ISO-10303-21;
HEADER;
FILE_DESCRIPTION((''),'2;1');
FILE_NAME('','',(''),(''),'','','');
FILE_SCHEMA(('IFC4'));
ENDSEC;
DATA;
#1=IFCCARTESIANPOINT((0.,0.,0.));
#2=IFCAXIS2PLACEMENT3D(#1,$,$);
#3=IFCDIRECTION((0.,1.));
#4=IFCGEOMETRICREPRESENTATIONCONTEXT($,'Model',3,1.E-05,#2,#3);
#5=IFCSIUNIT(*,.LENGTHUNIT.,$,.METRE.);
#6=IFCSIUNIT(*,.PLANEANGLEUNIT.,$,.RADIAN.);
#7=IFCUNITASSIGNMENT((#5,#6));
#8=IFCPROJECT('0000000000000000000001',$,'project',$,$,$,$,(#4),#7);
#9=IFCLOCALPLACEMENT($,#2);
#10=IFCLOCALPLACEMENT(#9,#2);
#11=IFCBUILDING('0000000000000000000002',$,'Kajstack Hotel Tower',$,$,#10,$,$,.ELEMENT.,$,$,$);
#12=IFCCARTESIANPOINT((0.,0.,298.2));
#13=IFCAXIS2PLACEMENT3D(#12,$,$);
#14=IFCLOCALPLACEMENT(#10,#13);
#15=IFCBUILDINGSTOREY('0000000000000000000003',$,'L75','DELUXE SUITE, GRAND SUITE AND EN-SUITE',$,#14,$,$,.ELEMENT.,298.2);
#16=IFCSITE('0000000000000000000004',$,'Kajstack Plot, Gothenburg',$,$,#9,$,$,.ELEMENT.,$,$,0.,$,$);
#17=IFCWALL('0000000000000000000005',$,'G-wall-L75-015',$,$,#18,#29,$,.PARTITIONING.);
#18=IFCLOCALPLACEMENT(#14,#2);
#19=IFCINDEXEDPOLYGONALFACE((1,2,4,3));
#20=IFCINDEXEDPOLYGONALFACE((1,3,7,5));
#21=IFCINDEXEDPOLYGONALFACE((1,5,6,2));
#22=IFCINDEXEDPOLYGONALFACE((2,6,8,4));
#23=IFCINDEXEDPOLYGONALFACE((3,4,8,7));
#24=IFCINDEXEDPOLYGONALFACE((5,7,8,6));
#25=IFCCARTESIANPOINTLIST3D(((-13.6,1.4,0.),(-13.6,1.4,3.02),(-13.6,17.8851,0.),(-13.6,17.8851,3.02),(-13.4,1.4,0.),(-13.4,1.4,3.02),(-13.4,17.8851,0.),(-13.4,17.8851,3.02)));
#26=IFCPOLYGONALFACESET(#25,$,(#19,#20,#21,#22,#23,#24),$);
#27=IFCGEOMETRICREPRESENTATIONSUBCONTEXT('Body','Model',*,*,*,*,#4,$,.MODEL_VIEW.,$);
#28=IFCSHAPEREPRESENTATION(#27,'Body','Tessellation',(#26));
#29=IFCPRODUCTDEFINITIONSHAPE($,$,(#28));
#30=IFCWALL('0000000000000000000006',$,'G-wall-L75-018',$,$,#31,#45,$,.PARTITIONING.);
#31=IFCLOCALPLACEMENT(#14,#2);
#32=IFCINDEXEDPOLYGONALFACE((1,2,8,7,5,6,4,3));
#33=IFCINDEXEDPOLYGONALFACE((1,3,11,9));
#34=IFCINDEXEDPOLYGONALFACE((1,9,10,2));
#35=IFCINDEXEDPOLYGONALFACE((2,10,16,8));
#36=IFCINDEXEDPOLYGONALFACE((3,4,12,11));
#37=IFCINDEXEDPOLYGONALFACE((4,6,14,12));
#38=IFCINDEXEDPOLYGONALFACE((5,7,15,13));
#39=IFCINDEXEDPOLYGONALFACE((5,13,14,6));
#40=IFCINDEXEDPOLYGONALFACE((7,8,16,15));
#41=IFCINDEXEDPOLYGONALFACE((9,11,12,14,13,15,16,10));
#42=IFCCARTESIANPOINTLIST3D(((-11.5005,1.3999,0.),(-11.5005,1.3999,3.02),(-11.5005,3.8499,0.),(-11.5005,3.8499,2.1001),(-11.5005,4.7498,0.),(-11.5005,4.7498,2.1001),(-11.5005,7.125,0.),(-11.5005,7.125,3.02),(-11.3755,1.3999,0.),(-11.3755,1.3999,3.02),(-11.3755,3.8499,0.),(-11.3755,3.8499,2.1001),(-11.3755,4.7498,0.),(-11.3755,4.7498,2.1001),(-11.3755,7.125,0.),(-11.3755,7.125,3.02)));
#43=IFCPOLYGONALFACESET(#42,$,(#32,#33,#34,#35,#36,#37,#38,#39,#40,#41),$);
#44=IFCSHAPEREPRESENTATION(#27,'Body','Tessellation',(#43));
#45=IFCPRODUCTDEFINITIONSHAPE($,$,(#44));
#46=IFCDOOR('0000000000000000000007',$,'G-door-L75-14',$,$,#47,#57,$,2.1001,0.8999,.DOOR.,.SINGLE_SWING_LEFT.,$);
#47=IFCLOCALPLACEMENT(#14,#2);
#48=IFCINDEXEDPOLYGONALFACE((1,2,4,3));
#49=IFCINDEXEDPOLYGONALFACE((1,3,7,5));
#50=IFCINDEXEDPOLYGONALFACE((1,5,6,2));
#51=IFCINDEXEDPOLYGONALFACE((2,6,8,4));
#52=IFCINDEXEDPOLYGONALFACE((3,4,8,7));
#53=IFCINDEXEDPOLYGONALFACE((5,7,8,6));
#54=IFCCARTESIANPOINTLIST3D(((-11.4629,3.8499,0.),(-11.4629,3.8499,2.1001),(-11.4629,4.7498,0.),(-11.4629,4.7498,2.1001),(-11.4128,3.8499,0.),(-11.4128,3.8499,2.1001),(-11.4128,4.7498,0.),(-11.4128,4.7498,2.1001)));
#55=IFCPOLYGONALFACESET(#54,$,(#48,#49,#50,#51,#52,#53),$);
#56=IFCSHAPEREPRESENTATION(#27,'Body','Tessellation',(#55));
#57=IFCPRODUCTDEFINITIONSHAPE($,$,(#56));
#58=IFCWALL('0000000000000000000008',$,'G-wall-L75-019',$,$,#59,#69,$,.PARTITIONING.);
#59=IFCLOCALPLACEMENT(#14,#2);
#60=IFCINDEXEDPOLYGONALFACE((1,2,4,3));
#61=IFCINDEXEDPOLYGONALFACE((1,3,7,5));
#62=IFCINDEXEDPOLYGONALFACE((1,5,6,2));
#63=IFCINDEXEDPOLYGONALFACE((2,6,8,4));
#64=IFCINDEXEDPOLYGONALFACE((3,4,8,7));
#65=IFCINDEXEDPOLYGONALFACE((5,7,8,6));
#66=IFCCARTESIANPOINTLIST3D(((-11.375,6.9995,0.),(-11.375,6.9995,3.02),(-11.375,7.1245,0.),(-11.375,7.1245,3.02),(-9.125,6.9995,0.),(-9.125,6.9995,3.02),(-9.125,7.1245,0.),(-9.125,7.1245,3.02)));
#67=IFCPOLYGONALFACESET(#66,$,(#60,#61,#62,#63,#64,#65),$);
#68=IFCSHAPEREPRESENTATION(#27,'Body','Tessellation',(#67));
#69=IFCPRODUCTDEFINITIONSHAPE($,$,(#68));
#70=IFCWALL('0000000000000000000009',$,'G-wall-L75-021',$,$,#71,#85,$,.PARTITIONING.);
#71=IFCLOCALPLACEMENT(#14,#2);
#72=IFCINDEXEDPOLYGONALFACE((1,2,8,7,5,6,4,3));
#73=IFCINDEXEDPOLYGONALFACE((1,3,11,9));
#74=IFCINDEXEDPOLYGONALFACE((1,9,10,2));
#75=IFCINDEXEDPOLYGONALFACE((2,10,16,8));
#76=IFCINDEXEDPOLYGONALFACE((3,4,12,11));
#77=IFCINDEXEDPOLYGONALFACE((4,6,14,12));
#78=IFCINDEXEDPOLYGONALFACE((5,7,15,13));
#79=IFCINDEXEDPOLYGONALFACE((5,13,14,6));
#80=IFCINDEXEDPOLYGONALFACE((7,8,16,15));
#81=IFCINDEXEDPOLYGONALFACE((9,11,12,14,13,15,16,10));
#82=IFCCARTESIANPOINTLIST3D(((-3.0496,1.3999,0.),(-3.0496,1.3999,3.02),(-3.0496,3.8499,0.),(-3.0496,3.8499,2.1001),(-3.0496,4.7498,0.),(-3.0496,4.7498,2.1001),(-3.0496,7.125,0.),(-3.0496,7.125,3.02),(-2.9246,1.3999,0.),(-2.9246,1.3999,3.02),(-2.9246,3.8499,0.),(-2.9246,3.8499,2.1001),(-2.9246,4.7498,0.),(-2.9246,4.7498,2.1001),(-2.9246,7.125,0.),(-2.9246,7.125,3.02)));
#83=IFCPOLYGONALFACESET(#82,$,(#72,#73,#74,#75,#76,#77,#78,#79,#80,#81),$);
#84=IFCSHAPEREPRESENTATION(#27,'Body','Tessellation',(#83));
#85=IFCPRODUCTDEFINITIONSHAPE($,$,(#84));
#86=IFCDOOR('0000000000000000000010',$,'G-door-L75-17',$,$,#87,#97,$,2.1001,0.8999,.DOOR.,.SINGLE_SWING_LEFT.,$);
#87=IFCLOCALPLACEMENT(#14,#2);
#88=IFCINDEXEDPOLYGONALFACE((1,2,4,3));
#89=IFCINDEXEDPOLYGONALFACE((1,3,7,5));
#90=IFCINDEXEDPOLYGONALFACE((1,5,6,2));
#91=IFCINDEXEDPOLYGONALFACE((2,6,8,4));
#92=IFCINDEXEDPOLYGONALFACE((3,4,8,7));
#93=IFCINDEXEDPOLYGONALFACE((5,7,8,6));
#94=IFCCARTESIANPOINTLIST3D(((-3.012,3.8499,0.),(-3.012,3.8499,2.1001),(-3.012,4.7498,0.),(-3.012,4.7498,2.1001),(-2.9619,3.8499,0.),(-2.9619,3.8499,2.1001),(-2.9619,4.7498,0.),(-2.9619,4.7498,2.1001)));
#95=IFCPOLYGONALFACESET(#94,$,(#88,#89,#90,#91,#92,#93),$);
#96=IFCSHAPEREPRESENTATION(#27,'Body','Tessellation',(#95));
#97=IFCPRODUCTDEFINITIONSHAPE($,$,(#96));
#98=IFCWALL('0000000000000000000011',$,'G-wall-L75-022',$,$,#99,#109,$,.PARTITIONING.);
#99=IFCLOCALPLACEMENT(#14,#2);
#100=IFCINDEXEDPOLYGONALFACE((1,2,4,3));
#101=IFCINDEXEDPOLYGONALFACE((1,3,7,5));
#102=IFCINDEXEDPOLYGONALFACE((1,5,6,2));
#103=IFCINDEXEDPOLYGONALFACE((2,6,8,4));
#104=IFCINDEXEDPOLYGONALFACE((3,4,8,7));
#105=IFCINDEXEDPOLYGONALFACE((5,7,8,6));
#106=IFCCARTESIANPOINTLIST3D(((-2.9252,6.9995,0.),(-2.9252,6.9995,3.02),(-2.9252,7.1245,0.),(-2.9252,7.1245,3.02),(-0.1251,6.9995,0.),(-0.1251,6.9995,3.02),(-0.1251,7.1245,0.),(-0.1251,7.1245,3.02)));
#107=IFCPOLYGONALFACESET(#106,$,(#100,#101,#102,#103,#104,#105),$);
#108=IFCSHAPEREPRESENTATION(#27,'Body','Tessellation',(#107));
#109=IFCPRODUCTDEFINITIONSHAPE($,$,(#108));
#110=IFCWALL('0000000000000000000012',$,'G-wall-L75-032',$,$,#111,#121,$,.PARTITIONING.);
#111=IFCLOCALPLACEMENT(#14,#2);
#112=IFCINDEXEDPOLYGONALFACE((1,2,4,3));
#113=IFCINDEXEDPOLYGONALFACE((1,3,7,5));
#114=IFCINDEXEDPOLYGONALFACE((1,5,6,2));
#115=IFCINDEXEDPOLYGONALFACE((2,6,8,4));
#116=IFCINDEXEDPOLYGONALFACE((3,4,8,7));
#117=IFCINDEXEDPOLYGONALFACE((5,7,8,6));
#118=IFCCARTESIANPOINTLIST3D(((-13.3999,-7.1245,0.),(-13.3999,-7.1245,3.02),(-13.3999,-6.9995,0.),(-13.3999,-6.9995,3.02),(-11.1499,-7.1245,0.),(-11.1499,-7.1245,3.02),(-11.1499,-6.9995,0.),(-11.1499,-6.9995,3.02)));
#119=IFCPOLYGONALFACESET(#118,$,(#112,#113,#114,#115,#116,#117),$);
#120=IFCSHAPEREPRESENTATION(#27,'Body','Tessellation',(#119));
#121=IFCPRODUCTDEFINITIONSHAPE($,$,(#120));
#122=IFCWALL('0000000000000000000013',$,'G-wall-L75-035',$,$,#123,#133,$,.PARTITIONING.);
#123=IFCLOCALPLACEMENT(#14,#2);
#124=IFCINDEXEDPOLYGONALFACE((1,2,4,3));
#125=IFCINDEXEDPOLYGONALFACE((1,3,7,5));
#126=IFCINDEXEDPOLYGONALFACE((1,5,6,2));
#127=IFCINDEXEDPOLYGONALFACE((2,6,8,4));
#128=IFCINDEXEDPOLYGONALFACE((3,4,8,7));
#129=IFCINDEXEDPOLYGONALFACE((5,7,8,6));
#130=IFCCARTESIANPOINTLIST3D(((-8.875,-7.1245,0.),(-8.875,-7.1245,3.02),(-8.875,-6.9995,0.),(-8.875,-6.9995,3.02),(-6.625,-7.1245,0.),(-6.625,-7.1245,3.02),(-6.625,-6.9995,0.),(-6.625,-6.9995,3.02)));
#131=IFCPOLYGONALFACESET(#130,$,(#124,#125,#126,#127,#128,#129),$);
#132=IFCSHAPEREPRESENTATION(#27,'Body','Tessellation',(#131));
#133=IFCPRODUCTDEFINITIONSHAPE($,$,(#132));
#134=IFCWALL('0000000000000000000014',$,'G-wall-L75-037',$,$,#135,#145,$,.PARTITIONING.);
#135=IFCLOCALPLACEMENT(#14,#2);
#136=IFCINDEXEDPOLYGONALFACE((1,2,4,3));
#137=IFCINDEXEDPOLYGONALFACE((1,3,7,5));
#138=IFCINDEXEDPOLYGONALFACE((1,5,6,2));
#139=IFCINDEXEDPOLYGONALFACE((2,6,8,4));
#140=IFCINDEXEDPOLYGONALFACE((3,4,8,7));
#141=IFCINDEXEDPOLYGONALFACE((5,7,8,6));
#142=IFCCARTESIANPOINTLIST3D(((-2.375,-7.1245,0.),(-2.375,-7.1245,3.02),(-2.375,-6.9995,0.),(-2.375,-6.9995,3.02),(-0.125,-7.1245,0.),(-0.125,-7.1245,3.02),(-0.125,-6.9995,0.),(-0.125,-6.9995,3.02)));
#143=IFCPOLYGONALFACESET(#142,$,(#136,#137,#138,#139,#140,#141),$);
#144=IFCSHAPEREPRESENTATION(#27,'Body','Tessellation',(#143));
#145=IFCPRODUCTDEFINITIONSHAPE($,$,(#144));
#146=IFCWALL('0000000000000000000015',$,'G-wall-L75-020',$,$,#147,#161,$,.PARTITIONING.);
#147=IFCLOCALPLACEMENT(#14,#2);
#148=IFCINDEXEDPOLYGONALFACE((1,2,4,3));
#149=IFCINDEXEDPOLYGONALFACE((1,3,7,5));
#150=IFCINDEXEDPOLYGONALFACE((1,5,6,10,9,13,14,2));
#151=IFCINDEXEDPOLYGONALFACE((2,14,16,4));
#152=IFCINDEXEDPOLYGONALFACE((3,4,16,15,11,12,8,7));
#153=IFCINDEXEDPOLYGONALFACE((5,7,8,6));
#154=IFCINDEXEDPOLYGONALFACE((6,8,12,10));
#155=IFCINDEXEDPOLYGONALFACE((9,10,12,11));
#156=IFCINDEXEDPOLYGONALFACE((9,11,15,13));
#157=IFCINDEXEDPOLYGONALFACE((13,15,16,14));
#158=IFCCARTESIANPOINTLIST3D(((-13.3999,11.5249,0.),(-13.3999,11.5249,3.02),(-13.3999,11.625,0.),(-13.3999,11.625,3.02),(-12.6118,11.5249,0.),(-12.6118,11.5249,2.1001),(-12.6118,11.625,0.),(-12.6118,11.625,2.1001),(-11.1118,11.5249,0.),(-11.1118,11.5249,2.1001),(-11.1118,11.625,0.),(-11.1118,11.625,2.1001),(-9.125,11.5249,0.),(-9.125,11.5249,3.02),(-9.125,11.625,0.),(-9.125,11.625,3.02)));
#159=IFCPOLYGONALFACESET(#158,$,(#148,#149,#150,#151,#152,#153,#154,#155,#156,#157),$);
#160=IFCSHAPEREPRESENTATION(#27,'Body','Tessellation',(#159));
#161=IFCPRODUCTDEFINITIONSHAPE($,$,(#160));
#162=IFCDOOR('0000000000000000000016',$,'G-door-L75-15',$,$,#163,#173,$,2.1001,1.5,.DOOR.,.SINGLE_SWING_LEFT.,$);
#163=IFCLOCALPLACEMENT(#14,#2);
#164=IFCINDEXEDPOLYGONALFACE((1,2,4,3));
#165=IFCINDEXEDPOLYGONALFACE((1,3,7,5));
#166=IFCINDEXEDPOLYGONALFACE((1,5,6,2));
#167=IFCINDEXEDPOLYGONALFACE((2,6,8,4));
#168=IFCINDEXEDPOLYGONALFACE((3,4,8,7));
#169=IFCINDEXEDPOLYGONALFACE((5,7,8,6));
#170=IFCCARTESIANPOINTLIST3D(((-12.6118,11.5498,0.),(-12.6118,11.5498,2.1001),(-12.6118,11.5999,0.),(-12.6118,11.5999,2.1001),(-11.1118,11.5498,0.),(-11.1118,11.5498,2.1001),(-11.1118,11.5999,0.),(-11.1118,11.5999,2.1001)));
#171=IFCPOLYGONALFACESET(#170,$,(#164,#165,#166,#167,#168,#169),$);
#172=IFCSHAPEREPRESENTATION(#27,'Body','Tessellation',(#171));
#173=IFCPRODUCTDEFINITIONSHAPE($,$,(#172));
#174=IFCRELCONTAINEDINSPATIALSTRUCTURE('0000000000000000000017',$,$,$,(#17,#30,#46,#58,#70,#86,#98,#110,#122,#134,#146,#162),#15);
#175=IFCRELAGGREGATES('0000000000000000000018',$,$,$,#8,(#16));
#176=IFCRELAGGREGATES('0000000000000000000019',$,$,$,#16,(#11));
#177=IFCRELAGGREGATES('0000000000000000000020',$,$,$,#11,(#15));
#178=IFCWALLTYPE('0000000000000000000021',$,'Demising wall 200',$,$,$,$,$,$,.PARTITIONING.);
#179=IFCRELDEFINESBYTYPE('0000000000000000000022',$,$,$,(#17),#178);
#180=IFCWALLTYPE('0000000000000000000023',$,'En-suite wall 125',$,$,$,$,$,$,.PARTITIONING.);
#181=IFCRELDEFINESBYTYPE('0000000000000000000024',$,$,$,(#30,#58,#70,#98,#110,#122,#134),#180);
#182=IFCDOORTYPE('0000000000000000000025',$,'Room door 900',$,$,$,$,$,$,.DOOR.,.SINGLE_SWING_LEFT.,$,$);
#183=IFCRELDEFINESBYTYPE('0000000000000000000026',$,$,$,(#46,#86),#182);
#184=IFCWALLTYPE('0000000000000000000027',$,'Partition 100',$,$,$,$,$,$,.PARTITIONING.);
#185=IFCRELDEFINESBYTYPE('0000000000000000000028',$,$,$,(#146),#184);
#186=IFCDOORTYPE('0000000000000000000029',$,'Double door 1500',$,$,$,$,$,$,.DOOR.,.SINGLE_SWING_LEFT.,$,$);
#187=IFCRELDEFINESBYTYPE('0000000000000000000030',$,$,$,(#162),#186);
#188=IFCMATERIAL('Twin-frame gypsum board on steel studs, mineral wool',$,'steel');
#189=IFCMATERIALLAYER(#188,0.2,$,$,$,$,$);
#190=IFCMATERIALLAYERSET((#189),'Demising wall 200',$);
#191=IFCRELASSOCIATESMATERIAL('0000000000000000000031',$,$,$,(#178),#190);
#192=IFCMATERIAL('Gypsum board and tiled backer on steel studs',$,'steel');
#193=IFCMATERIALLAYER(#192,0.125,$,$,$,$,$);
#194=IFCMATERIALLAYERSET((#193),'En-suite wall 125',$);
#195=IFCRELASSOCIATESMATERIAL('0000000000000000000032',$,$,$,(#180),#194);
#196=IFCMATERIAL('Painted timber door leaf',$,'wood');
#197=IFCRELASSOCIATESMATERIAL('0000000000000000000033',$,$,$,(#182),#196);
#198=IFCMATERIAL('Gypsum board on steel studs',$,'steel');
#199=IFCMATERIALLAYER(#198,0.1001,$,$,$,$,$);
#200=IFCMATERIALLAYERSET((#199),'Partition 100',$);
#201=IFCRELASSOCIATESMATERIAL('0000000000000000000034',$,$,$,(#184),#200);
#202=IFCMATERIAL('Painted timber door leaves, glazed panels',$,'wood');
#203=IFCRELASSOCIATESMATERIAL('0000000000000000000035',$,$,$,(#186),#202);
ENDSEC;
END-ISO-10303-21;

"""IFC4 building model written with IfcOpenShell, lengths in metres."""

from ifc_helpers import new_model, si_unit, direction, frame, frame_2d, origin, place, context, subcontext, project, spatial, rectangle, extrude, material, layer, layer_set, type_object, element, fill, save


model = new_model("IFC4")

# Units and contexts
model_context = context("Model", 3, precision=1e-05, world=origin(), true_north=direction((0.0, 1.0)))
body_context = subcontext(model_context, "Body", "Model", "MODEL_VIEW")
ifc_project = project(units=[si_unit("LENGTHUNIT", "METRE"), si_unit("PLANEANGLEUNIT", "RADIAN")], contexts=[model_context])

# Site, building, storey
site_placement = place(None, origin())
site = spatial("IfcSite", under=ifc_project, at=site_placement, Name="Kajstack Plot, Gothenburg", CompositionType="ELEMENT", RefElevation=0.0)
building_placement = place(site_placement, origin())
building = spatial("IfcBuilding", under=site, at=building_placement, Name="Kajstack Hotel Tower", CompositionType="ELEMENT")
storey_placement = place(building_placement, frame((0.0, 0.0, 298.2)))
storey = spatial("IfcBuildingStorey", under=building, at=storey_placement, Name="L75", Description="DELUXE SUITE, GRAND SUITE AND EN-SUITE", CompositionType="ELEMENT", Elevation=298.2)

# Wall
ifc_material_1 = material(Name="Twin-frame gypsum board on steel studs, mineral wool", Category="steel")
ifc_layer_1 = layer(ifc_material_1, 0.2)
ifc_layer_set_1 = layer_set([ifc_layer_1], Name="Demising wall 200")
wall_type_1 = type_object("IfcWallType", Name="Demising wall 200", PredefinedType="PARTITIONING", material=ifc_layer_set_1)
wall_1_placement = place(storey_placement, frame((-13.5, 1.3999, 0.0), z_axis=(0.0, 0.0, 1.0), x_axis=(0.0, 1.0, 0.0)))
element("IfcWall", 1, at=wall_1_placement, inside=storey, type_object=wall_type_1, Name="G-wall-L75-015", PredefinedType="PARTITIONING", context=body_context, shape_type="SweptSolid", body=[
    extrude(rectangle(XDim=16.4851, YDim=0.2, at=frame_2d((8.2427, 0.0))), origin(), (0.0, 0.0, 1.0), 3.02),
])

# Wall, opening, door
ifc_material_2 = material(Name="Gypsum board and tiled backer on steel studs", Category="steel")
ifc_layer_2 = layer(ifc_material_2, 0.125)
ifc_layer_set_2 = layer_set([ifc_layer_2], Name="En-suite wall 125")
wall_type_2 = type_object("IfcWallType", Name="En-suite wall 125", PredefinedType="PARTITIONING", material=ifc_layer_set_2)
wall_2_placement = place(storey_placement, frame((-11.438, 1.3999, 0.0), z_axis=(0.0, 0.0, 1.0), x_axis=(0.0, 1.0, 0.0)))
wall_2 = element("IfcWall", 2, at=wall_2_placement, inside=storey, type_object=wall_type_2, Name="G-wall-L75-018", PredefinedType="PARTITIONING", context=body_context, shape_type="SweptSolid", body=[
    extrude(rectangle(XDim=5.7251, YDim=0.125, at=frame_2d((2.8625, 0.0))), origin(), (0.0, 0.0, 1.0), 3.02),
])
opening_1_placement = place(wall_2_placement, frame((2.45, 0.0, 0.0)))
opening_1 = element("IfcOpeningElement", 3, at=opening_1_placement, cuts=wall_2, PredefinedType="OPENING", context=body_context, shape_type="SweptSolid", body=[
    extrude(rectangle(XDim=0.8999, YDim=2.1001, at=frame_2d((0.45, 1.05))), frame((0.0, 0.0725, 0.0), z_axis=(0.0, -1.0, 0.0), x_axis=(1.0, 0.0, 0.0)), (0.0, 0.0, 1.0), 0.145),
])
ifc_material_3 = material(Name="Painted timber door leaf", Category="wood")
door_type_1 = type_object("IfcDoorType", Name="Room door 900", OperationType="SINGLE_SWING_LEFT", PredefinedType="DOOR", material=ifc_material_3)
door_1_placement = place(opening_1_placement, origin())
door_1 = element("IfcDoor", 4, at=door_1_placement, inside=storey, type_object=door_type_1, Name="G-door-L75-14", OperationType="SINGLE_SWING_LEFT", OverallHeight=2.1001, OverallWidth=0.8999, PredefinedType="DOOR", context=body_context, shape_type="SweptSolid", body=[
    extrude(rectangle(XDim=0.8999, YDim=2.1001, at=frame_2d((0.45, 1.05))), frame((0.0, 0.0249, 0.0), z_axis=(0.0, -1.0, 0.0), x_axis=(1.0, 0.0, 0.0)), (0.0, 0.0, 1.0), 0.05),
])
fill(opening_1, door_1)

# Wall
wall_3_placement = place(storey_placement, frame((-11.375, 7.062, 0.0), z_axis=(0.0, 0.0, 1.0), x_axis=(1.0, 0.0, 0.0)))
element("IfcWall", 5, at=wall_3_placement, inside=storey, type_object=wall_type_2, Name="G-wall-L75-019", PredefinedType="PARTITIONING", context=body_context, shape_type="SweptSolid", body=[
    extrude(rectangle(XDim=2.25, YDim=0.125, at=frame_2d((1.125, 0.0))), origin(), (0.0, 0.0, 1.0), 3.02),
])

# Wall, opening, door
wall_4_placement = place(storey_placement, frame((-2.9871, 1.3999, 0.0), z_axis=(0.0, 0.0, 1.0), x_axis=(0.0, 1.0, 0.0)))
wall_4 = element("IfcWall", 6, at=wall_4_placement, inside=storey, type_object=wall_type_2, Name="G-wall-L75-021", PredefinedType="PARTITIONING", context=body_context, shape_type="SweptSolid", body=[
    extrude(rectangle(XDim=5.7251, YDim=0.125, at=frame_2d((2.8625, 0.0))), origin(), (0.0, 0.0, 1.0), 3.02),
])
opening_2_placement = place(wall_4_placement, frame((2.45, 0.0, 0.0)))
opening_2 = element("IfcOpeningElement", 7, at=opening_2_placement, cuts=wall_4, PredefinedType="OPENING", context=body_context, shape_type="SweptSolid", body=[
    extrude(rectangle(XDim=0.8999, YDim=2.1001, at=frame_2d((0.45, 1.05))), frame((0.0, 0.0725, 0.0), z_axis=(0.0, -1.0, 0.0), x_axis=(1.0, 0.0, 0.0)), (0.0, 0.0, 1.0), 0.145),
])
door_2_placement = place(opening_2_placement, origin())
door_2 = element("IfcDoor", 8, at=door_2_placement, inside=storey, type_object=door_type_1, Name="G-door-L75-17", OperationType="SINGLE_SWING_LEFT", OverallHeight=2.1001, OverallWidth=0.8999, PredefinedType="DOOR", context=body_context, shape_type="SweptSolid", body=[
    extrude(rectangle(XDim=0.8999, YDim=2.1001, at=frame_2d((0.45, 1.05))), frame((0.0, 0.0249, 0.0), z_axis=(0.0, -1.0, 0.0), x_axis=(1.0, 0.0, 0.0)), (0.0, 0.0, 1.0), 0.05),
])
fill(opening_2, door_2)

# Walls
wall_5_placement = place(storey_placement, frame((-2.925, 7.062, 0.0), z_axis=(0.0, 0.0, 1.0), x_axis=(1.0, 0.0, 0.0)))
element("IfcWall", 9, at=wall_5_placement, inside=storey, type_object=wall_type_2, Name="G-wall-L75-022", PredefinedType="PARTITIONING", context=body_context, shape_type="SweptSolid", body=[
    extrude(rectangle(XDim=2.8, YDim=0.125, at=frame_2d((1.3999, 0.0))), origin(), (0.0, 0.0, 1.0), 3.02),
])
for number, where, z_axis, x_axis, name in (
    (10, (-13.3999, -7.062, 0.0), (0.0, 0.0, 1.0), (1.0, 0.0, 0.0), "G-wall-L75-032"),
    (11, (-8.875, -7.062, 0.0), (0.0, 0.0, 1.0), (1.0, 0.0, 0.0), "G-wall-L75-035"),
    (12, (-2.375, -7.062, 0.0), (0.0, 0.0, 1.0), (1.0, 0.0, 0.0), "G-wall-L75-037"),
):
    element("IfcWall", number, at=place(storey_placement, frame(where, z_axis=z_axis, x_axis=x_axis)), inside=storey, type_object=wall_type_2, Name=name, PredefinedType="PARTITIONING", context=body_context, shape_type="SweptSolid", body=[
        extrude(rectangle(XDim=2.25, YDim=0.125, at=frame_2d((1.125, 0.0))), origin(), (0.0, 0.0, 1.0), 3.02),
    ])

# Wall, opening, door
ifc_material_4 = material(Name="Gypsum board on steel studs", Category="steel")
ifc_layer_3 = layer(ifc_material_4, 0.1001)
ifc_layer_set_3 = layer_set([ifc_layer_3], Name="Partition 100")
wall_type_3 = type_object("IfcWallType", Name="Partition 100", PredefinedType="PARTITIONING", material=ifc_layer_set_3)
wall_6_placement = place(storey_placement, frame((-13.3999, 11.575, 0.0), z_axis=(0.0, 0.0, 1.0), x_axis=(1.0, 0.0, 0.0)))
wall_6 = element("IfcWall", 13, at=wall_6_placement, inside=storey, type_object=wall_type_3, Name="G-wall-L75-020", PredefinedType="PARTITIONING", context=body_context, shape_type="SweptSolid", body=[
    extrude(rectangle(XDim=4.2749, YDim=0.1001, at=frame_2d((2.1375, 0.0))), origin(), (0.0, 0.0, 1.0), 3.02),
])
opening_3_placement = place(wall_6_placement, frame((0.7881, 0.0, 0.0)))
opening_3 = element("IfcOpeningElement", 14, at=opening_3_placement, cuts=wall_6, PredefinedType="OPENING", context=body_context, shape_type="SweptSolid", body=[
    extrude(rectangle(XDim=1.5, YDim=2.1001, at=frame_2d((0.75, 1.05))), frame((0.0, 0.0601, 0.0), z_axis=(0.0, -1.0, 0.0), x_axis=(1.0, 0.0, 0.0)), (0.0, 0.0, 1.0), 0.1201),
])
ifc_material_5 = material(Name="Painted timber door leaves, glazed panels", Category="wood")
door_type_2 = type_object("IfcDoorType", Name="Double door 1500", OperationType="SINGLE_SWING_LEFT", PredefinedType="DOOR", material=ifc_material_5)
door_3_placement = place(opening_3_placement, origin())
door_3 = element("IfcDoor", 15, at=door_3_placement, inside=storey, type_object=door_type_2, Name="G-door-L75-15", OperationType="SINGLE_SWING_LEFT", OverallHeight=2.1001, OverallWidth=1.5, PredefinedType="DOOR", context=body_context, shape_type="SweptSolid", body=[
    extrude(rectangle(XDim=1.5, YDim=2.1001, at=frame_2d((0.75, 1.05))), frame((0.0, 0.0249, 0.0), z_axis=(0.0, -1.0, 0.0), x_axis=(1.0, 0.0, 0.0)), (0.0, 0.0, 1.0), 0.05),
])
fill(opening_3, door_3)

save(model, "model.ifc")
